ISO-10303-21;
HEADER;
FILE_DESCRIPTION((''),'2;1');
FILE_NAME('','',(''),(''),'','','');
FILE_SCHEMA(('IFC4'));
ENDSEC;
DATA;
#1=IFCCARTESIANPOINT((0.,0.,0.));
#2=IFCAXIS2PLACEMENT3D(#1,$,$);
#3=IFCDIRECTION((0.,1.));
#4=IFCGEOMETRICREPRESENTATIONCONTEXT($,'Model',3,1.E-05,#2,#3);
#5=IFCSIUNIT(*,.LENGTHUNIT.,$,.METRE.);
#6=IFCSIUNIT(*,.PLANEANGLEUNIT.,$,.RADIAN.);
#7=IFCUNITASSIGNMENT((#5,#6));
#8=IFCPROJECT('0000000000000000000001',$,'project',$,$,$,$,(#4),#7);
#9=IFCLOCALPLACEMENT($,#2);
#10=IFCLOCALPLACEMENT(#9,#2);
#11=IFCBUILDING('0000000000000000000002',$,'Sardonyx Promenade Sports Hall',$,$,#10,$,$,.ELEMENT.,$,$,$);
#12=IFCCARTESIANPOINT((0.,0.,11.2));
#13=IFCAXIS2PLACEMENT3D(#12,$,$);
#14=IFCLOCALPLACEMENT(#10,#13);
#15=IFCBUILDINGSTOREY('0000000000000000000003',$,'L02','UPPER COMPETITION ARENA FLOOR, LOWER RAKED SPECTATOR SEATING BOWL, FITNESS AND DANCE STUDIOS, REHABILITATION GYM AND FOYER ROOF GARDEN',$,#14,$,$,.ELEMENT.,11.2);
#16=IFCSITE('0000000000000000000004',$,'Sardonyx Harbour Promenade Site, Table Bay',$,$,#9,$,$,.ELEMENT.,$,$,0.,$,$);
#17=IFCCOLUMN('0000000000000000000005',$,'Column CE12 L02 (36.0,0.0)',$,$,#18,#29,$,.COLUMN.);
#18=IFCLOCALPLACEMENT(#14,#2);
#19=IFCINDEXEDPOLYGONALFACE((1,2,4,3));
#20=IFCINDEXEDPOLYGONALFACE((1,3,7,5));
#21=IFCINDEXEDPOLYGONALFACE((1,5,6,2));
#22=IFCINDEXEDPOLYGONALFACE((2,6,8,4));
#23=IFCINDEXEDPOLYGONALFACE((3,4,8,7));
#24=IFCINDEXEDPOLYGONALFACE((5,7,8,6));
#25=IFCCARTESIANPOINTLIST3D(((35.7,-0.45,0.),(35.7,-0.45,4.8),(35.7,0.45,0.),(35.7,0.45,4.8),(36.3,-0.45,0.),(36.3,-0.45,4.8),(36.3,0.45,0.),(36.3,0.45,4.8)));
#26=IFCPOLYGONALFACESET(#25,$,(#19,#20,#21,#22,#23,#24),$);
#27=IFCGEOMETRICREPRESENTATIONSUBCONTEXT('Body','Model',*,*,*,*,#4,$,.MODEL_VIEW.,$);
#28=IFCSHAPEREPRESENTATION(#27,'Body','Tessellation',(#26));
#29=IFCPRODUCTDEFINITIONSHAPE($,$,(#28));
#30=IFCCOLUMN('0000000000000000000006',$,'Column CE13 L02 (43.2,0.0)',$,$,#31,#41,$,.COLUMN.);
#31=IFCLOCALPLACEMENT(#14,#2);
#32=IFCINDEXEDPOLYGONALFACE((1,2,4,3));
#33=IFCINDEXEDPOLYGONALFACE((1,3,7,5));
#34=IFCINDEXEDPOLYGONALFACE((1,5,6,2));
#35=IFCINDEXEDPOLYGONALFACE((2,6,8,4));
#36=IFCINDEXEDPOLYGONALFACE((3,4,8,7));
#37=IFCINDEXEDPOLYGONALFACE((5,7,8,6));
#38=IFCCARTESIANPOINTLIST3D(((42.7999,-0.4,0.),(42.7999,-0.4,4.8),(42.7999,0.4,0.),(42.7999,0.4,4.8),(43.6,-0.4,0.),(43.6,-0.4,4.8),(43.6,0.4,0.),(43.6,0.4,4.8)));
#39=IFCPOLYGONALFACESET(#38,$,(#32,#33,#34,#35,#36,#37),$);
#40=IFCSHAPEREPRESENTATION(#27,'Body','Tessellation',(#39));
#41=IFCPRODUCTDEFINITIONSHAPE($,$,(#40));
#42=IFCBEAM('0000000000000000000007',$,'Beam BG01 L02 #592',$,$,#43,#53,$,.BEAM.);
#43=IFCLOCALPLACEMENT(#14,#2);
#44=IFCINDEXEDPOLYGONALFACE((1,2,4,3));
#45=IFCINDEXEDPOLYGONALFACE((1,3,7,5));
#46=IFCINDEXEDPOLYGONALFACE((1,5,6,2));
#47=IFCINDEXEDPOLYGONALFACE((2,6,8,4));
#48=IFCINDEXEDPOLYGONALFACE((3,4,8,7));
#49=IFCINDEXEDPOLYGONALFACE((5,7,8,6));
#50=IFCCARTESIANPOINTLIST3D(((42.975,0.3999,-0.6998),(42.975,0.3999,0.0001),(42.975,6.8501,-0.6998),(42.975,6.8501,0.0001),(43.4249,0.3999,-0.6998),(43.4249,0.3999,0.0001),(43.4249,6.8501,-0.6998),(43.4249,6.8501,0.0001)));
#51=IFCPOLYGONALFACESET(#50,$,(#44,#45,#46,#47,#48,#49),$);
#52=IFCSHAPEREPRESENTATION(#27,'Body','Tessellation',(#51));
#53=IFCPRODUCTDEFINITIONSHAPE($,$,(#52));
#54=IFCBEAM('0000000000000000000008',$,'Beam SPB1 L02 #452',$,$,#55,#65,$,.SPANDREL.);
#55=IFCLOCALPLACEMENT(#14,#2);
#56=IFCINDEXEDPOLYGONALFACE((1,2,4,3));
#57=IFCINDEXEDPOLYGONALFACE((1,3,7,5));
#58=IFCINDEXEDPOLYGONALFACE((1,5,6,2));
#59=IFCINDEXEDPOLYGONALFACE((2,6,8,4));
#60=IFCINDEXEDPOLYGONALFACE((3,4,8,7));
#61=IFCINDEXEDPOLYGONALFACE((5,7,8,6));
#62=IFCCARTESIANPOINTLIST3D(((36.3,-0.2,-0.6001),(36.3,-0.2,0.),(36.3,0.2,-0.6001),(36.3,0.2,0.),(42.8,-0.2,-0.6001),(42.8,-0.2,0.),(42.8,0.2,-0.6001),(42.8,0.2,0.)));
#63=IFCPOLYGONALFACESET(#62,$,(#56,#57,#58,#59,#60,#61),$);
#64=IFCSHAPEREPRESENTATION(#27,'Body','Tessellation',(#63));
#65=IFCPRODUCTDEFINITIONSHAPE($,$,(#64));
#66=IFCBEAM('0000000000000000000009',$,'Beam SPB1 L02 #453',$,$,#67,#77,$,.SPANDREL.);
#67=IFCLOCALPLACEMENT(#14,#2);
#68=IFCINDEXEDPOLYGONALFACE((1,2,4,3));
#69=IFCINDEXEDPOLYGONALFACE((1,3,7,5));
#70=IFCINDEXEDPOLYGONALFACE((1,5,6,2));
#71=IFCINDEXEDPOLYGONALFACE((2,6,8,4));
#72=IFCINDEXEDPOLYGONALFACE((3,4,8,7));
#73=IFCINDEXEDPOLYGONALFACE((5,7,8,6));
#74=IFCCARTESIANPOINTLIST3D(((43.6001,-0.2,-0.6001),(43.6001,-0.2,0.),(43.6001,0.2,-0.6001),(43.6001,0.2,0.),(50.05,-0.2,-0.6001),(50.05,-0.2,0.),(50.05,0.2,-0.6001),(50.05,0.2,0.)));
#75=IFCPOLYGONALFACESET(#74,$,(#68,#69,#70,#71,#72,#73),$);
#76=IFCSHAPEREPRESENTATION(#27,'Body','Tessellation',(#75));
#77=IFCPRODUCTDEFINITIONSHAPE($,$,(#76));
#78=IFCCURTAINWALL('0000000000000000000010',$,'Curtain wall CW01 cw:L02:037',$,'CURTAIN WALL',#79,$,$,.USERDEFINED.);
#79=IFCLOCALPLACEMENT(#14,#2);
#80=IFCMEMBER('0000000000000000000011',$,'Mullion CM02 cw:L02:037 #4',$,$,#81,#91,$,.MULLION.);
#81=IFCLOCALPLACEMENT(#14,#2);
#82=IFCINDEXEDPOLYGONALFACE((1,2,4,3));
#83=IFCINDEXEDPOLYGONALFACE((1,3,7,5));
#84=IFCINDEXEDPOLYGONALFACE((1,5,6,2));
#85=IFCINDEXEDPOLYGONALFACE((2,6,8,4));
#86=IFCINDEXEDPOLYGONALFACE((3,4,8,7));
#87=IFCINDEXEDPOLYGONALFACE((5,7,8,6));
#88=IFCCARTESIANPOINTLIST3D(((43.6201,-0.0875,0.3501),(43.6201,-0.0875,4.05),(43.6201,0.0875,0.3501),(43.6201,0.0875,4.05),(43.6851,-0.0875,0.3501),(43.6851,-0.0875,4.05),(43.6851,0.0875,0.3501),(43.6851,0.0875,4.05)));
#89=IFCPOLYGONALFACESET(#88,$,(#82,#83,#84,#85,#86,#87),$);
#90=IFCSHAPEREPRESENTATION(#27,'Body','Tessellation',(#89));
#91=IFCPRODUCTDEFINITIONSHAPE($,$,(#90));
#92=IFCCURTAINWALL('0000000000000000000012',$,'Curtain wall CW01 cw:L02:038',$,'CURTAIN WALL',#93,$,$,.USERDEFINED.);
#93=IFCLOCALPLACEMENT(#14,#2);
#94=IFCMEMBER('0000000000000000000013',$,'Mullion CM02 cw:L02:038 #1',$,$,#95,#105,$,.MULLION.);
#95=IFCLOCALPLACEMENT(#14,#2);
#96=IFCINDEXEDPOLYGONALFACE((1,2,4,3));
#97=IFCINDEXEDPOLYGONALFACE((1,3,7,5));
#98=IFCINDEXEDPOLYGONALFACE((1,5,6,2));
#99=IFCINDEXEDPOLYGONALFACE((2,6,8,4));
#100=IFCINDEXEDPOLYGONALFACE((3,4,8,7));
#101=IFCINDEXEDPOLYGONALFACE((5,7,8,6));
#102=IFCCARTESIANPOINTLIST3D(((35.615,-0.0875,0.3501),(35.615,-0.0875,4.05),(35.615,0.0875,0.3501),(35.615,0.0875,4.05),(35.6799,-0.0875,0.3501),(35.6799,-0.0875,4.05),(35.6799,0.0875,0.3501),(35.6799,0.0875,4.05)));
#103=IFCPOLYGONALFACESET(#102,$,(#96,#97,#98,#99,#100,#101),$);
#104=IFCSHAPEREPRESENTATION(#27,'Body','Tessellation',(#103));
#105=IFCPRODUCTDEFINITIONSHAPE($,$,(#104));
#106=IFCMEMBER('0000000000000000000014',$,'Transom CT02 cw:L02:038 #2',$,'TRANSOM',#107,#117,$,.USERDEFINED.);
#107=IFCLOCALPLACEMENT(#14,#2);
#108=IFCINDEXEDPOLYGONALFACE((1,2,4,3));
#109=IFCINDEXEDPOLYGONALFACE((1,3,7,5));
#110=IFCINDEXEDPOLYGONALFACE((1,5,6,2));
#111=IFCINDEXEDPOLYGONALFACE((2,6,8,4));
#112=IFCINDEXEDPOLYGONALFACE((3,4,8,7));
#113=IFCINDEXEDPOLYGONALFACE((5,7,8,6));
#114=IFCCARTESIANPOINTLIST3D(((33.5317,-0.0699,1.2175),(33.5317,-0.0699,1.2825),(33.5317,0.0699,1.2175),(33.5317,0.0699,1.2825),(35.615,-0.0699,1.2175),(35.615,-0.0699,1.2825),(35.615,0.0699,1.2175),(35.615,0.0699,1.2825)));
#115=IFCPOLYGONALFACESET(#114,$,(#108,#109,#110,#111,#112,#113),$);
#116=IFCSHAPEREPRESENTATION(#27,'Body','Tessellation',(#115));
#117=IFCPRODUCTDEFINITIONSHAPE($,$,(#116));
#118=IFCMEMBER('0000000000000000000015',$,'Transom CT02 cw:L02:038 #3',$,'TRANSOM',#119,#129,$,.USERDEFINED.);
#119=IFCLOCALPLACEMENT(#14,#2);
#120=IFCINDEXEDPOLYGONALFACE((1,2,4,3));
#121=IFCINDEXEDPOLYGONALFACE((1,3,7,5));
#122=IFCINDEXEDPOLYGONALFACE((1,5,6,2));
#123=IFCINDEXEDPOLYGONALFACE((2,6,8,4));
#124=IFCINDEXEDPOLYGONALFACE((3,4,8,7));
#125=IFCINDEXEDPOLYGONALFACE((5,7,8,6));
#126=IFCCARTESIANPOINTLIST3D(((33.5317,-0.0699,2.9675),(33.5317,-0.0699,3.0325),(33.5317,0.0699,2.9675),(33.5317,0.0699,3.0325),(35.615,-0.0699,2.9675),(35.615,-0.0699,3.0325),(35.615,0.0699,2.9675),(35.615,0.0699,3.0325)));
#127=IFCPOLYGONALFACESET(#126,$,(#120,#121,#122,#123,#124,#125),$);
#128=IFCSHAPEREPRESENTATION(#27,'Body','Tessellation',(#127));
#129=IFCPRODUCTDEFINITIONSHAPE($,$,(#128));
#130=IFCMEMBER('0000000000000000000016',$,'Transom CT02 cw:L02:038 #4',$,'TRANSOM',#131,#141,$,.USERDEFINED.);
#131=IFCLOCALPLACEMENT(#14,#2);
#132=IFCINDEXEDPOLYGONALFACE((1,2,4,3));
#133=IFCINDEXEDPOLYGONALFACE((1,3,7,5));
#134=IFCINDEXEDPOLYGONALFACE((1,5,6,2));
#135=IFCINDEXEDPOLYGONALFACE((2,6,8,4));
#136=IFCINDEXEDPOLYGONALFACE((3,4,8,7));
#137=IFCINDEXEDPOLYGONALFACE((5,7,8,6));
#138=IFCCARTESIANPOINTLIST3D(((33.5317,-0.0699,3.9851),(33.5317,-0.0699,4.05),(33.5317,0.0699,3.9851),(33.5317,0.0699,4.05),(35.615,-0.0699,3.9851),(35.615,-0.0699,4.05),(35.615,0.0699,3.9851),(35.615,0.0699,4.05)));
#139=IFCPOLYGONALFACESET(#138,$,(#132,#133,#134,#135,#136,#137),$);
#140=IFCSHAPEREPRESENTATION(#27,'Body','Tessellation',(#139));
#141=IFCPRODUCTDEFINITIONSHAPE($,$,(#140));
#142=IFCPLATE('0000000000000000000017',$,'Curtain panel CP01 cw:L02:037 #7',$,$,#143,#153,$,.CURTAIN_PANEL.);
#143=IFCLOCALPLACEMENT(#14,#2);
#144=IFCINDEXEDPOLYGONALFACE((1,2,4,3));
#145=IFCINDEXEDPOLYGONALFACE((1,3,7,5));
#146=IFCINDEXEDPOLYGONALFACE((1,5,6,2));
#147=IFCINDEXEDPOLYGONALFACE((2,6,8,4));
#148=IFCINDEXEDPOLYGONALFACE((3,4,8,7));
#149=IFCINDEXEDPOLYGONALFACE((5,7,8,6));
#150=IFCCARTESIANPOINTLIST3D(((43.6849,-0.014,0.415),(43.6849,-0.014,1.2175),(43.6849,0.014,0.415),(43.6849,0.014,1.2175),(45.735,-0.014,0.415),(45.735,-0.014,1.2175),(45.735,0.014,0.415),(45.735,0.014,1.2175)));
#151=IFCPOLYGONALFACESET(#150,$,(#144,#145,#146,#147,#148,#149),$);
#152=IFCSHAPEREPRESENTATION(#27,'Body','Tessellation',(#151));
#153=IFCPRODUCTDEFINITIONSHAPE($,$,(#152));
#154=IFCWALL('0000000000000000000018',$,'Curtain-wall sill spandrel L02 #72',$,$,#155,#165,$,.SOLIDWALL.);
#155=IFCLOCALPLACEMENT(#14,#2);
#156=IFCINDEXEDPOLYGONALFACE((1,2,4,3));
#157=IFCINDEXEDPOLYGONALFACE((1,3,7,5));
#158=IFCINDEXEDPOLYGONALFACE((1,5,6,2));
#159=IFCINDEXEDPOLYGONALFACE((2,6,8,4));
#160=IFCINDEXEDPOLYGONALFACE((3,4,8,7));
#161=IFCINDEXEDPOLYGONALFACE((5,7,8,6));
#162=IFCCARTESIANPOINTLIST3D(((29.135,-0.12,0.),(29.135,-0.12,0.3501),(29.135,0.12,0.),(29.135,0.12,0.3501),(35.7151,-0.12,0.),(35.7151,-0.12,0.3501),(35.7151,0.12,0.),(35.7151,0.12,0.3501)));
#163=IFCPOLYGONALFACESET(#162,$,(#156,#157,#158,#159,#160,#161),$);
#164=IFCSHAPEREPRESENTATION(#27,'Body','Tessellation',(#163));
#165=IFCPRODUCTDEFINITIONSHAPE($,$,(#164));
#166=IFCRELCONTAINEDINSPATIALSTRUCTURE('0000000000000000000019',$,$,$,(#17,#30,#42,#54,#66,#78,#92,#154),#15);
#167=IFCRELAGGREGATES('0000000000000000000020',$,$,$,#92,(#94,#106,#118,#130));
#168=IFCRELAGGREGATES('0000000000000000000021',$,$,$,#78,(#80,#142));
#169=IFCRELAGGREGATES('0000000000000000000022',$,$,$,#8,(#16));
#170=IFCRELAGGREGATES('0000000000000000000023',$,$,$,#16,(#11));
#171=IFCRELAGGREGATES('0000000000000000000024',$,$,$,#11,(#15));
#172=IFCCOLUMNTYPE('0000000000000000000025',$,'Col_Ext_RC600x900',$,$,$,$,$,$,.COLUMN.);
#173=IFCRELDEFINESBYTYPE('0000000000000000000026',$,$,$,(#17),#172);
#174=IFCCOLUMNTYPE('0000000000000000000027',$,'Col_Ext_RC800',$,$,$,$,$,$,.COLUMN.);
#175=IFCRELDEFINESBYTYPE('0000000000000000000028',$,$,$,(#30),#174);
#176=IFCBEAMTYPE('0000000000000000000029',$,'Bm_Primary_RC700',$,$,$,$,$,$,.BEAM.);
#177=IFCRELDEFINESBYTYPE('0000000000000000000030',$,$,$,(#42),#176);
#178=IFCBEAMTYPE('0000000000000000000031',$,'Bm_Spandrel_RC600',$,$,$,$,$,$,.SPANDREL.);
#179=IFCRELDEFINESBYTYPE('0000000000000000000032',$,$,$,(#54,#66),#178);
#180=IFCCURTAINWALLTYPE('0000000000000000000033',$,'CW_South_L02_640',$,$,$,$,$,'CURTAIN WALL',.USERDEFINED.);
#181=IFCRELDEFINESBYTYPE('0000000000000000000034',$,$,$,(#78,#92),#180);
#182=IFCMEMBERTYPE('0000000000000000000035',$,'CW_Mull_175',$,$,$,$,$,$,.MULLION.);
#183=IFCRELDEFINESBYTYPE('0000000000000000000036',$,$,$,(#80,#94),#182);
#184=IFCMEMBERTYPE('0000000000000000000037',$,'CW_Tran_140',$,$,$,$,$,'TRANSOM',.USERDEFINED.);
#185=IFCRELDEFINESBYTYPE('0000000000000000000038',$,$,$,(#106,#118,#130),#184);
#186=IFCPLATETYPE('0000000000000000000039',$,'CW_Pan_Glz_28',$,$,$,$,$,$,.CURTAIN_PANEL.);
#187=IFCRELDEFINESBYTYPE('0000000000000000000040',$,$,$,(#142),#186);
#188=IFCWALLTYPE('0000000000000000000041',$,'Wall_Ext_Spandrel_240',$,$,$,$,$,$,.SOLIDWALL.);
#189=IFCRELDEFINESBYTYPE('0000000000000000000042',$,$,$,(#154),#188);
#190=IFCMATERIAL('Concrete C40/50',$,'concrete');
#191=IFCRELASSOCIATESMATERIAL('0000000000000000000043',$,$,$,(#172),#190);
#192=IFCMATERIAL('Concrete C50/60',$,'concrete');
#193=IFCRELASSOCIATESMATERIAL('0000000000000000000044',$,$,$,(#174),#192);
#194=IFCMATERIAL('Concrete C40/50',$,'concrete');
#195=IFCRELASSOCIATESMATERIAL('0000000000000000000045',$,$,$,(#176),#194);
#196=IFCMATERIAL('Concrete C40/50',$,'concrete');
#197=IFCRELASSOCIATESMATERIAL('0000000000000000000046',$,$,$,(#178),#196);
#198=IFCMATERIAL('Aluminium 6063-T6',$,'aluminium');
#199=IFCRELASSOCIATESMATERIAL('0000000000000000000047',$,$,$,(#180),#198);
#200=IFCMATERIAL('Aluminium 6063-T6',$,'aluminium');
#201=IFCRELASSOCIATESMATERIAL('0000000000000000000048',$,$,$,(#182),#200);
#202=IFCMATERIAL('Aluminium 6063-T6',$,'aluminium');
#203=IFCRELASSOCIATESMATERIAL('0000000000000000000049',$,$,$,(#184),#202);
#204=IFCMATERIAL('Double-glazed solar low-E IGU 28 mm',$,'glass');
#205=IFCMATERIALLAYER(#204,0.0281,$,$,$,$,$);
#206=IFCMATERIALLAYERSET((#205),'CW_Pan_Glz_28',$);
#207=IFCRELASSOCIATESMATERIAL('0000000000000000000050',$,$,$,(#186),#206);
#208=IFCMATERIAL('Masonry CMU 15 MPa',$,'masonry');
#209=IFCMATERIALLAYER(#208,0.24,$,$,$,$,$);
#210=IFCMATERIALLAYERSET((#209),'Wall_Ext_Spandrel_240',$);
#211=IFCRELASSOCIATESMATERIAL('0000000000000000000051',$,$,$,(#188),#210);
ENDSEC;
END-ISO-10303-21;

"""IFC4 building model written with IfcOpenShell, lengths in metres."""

from ifc_helpers import new_model, si_unit, direction, frame, frame_2d, origin, origin_2d, place, context, subcontext, project, spatial, rectangle, extrude, material, layer, layer_set, material_profile, profile_set, type_object, element, aggregate, save


model = new_model("IFC4")

# Units and contexts
model_context = context("Model", 3, precision=1e-05, world=origin(), true_north=direction((0.0, 1.0)))
body_context = subcontext(model_context, "Body", "Model", "MODEL_VIEW")
ifc_project = project(units=[si_unit("LENGTHUNIT", "METRE"), si_unit("PLANEANGLEUNIT", "RADIAN")], contexts=[model_context])

# Site, building, storey
site_placement = place(None, origin())
site = spatial("IfcSite", under=ifc_project, at=site_placement, Name="Sardonyx Harbour Promenade Site, Table Bay", CompositionType="ELEMENT", RefElevation=0.0)
building_placement = place(site_placement, origin())
building = spatial("IfcBuilding", under=site, at=building_placement, Name="Sardonyx Promenade Sports Hall", CompositionType="ELEMENT")
storey_placement = place(building_placement, frame((0.0, 0.0, 11.2)))
storey = spatial("IfcBuildingStorey", under=building, at=storey_placement, Name="L02", Description="UPPER COMPETITION ARENA FLOOR, LOWER RAKED SPECTATOR SEATING BOWL, FITNESS AND DANCE STUDIOS, REHABILITATION GYM AND FOYER ROOF GARDEN", CompositionType="ELEMENT", Elevation=11.2)

# Columns
ifc_material_1 = material(Name="Concrete C40/50", Category="concrete")
ifc_material_profile_1 = material_profile(ifc_material_1, rectangle(XDim=0.6001, YDim=0.8999, at=origin_2d()))
ifc_profile_set_1 = profile_set([ifc_material_profile_1], Name="Concrete C40/50")
column_type_1 = type_object("IfcColumnType", Name="Col_Ext_RC600x900", PredefinedType="COLUMN", material=ifc_profile_set_1)
column_1_placement = place(storey_placement, frame((36.0, 0.0, 0.0), z_axis=(0.0, 0.0, 1.0), x_axis=(1.0, 0.0, 0.0)))
element("IfcColumn", 1, at=column_1_placement, inside=storey, type_object=column_type_1, Name="Column CE12 L02 (36.0,0.0)", PredefinedType="COLUMN", context=body_context, shape_type="SweptSolid", body=[
    extrude(rectangle(XDim=0.6001, YDim=0.8999, at=origin_2d()), origin(), (0.0, 0.0, 1.0), 4.8),
])
ifc_material_2 = material(Name="Concrete C50/60", Category="concrete")
ifc_material_profile_2 = material_profile(ifc_material_2, rectangle(XDim=0.8, YDim=0.8, at=origin_2d()))
ifc_profile_set_2 = profile_set([ifc_material_profile_2], Name="Concrete C50/60")
column_type_2 = type_object("IfcColumnType", Name="Col_Ext_RC800", PredefinedType="COLUMN", material=ifc_profile_set_2)
column_2_placement = place(storey_placement, frame((43.2, 0.0, 0.0), z_axis=(0.0, 0.0, 1.0), x_axis=(1.0, 0.0, 0.0)))
element("IfcColumn", 2, at=column_2_placement, inside=storey, type_object=column_type_2, Name="Column CE13 L02 (43.2,0.0)", PredefinedType="COLUMN", context=body_context, shape_type="SweptSolid", body=[
    extrude(rectangle(XDim=0.8, YDim=0.8, at=origin_2d()), origin(), (0.0, 0.0, 1.0), 4.8),
])

# Beams
ifc_material_3 = material(Name="Concrete C40/50", Category="concrete")
ifc_material_profile_3 = material_profile(ifc_material_3, rectangle(XDim=0.45, YDim=0.7, at=origin_2d()))
ifc_profile_set_3 = profile_set([ifc_material_profile_3], Name="Concrete C40/50")
beam_type_1 = type_object("IfcBeamType", Name="Bm_Primary_RC700", PredefinedType="BEAM", material=ifc_profile_set_3)
beam_1_placement = place(storey_placement, frame((43.2, 0.3999, -0.3499), z_axis=(0.0, 1.0, 0.0), x_axis=(-1.0, 0.0, 0.0)))
element("IfcBeam", 3, at=beam_1_placement, inside=storey, type_object=beam_type_1, Name="Beam BG01 L02 #592", PredefinedType="BEAM", context=body_context, shape_type="SweptSolid", body=[
    extrude(rectangle(XDim=0.45, YDim=0.7, at=origin_2d()), origin(), (0.0, 0.0, 1.0), 6.4502),
])
ifc_material_4 = material(Name="Concrete C40/50", Category="concrete")
ifc_material_profile_4 = material_profile(ifc_material_4, rectangle(XDim=0.3999, YDim=0.6001, at=origin_2d()))
ifc_profile_set_4 = profile_set([ifc_material_profile_4], Name="Concrete C40/50")
beam_type_2 = type_object("IfcBeamType", Name="Bm_Spandrel_RC600", PredefinedType="SPANDREL", material=ifc_profile_set_4)
beam_2_placement = place(storey_placement, frame((36.3, 0.0, -0.3), z_axis=(1.0, 0.0, 0.0), x_axis=(0.0, 1.0, 0.0)))
element("IfcBeam", 4, at=beam_2_placement, inside=storey, type_object=beam_type_2, Name="Beam SPB1 L02 #452", PredefinedType="SPANDREL", context=body_context, shape_type="SweptSolid", body=[
    extrude(rectangle(XDim=0.3999, YDim=0.6001, at=origin_2d()), origin(), (0.0, 0.0, 1.0), 6.5),
])
beam_3_placement = place(storey_placement, frame((43.6001, 0.0, -0.3), z_axis=(1.0, 0.0, 0.0), x_axis=(0.0, 1.0, 0.0)))
element("IfcBeam", 5, at=beam_3_placement, inside=storey, type_object=beam_type_2, Name="Beam SPB1 L02 #453", PredefinedType="SPANDREL", context=body_context, shape_type="SweptSolid", body=[
    extrude(rectangle(XDim=0.3999, YDim=0.6001, at=origin_2d()), origin(), (0.0, 0.0, 1.0), 6.45),
])

# Curtain wall, member
ifc_material_5 = material(Name="Aluminium 6063-T6", Category="aluminium")
curtain_wall_type = type_object("IfcCurtainWallType", Name="CW_South_L02_640", ElementType="CURTAIN WALL", PredefinedType="USERDEFINED", material=ifc_material_5)
curtain_wall_1_placement = place(storey_placement, origin())
curtain_wall_1 = element("IfcCurtainWall", 6, at=curtain_wall_1_placement, inside=storey, type_object=curtain_wall_type, Name="Curtain wall CW01 cw:L02:037", ObjectType="CURTAIN WALL", PredefinedType="USERDEFINED")
ifc_material_6 = material(Name="Aluminium 6063-T6", Category="aluminium")
ifc_material_profile_5 = material_profile(ifc_material_6, rectangle(XDim=0.0649, YDim=0.175, at=origin_2d()))
ifc_profile_set_5 = profile_set([ifc_material_profile_5], Name="Aluminium 6063-T6")
member_type_1 = type_object("IfcMemberType", Name="CW_Mull_175", PredefinedType="MULLION", material=ifc_profile_set_5)
member_1_placement = place(storey_placement, frame((43.6526, 0.0, 0.3501), z_axis=(0.0, 0.0, 1.0), x_axis=(-1.0, 0.0, 0.0)))
member_1 = element("IfcMember", 7, at=member_1_placement, type_object=member_type_1, Name="Mullion CM02 cw:L02:037 #4", PredefinedType="MULLION", context=body_context, shape_type="SweptSolid", body=[
    extrude(rectangle(XDim=0.0649, YDim=0.175, at=origin_2d()), origin(), (0.0, 0.0, 1.0), 3.7),
])

# Curtain wall, members
curtain_wall_2_placement = place(storey_placement, origin())
curtain_wall_2 = element("IfcCurtainWall", 8, at=curtain_wall_2_placement, inside=storey, type_object=curtain_wall_type, Name="Curtain wall CW01 cw:L02:038", ObjectType="CURTAIN WALL", PredefinedType="USERDEFINED")
member_2_placement = place(storey_placement, frame((35.6475, 0.0, 0.3501), z_axis=(0.0, 0.0, 1.0), x_axis=(-1.0, 0.0, 0.0)))
member_2 = element("IfcMember", 9, at=member_2_placement, type_object=member_type_1, Name="Mullion CM02 cw:L02:038 #1", PredefinedType="MULLION", context=body_context, shape_type="SweptSolid", body=[
    extrude(rectangle(XDim=0.0649, YDim=0.175, at=origin_2d()), origin(), (0.0, 0.0, 1.0), 3.7),
])
ifc_material_7 = material(Name="Aluminium 6063-T6", Category="aluminium")
ifc_material_profile_6 = material_profile(ifc_material_7, rectangle(XDim=0.0649, YDim=0.1399, at=origin_2d()))
ifc_profile_set_6 = profile_set([ifc_material_profile_6], Name="Aluminium 6063-T6")
member_type_2 = type_object("IfcMemberType", Name="CW_Tran_140", ElementType="TRANSOM", PredefinedType="USERDEFINED", material=ifc_profile_set_6)
member_3_placement = place(storey_placement, frame((35.615, 0.0, 1.25), z_axis=(-1.0, 0.0, 0.0), x_axis=(0.0, 0.0, 1.0)))
member_3 = element("IfcMember", 10, at=member_3_placement, type_object=member_type_2, Name="Transom CT02 cw:L02:038 #2", ObjectType="TRANSOM", PredefinedType="USERDEFINED", context=body_context, shape_type="SweptSolid", body=[
    extrude(rectangle(XDim=0.0649, YDim=0.1399, at=origin_2d()), origin(), (0.0, 0.0, 1.0), 2.0833),
])
member_4_placement = place(storey_placement, frame((35.615, 0.0, 3.0), z_axis=(-1.0, 0.0, 0.0), x_axis=(0.0, 0.0, 1.0)))
member_4 = element("IfcMember", 11, at=member_4_placement, type_object=member_type_2, Name="Transom CT02 cw:L02:038 #3", ObjectType="TRANSOM", PredefinedType="USERDEFINED", context=body_context, shape_type="SweptSolid", body=[
    extrude(rectangle(XDim=0.0649, YDim=0.1399, at=origin_2d()), origin(), (0.0, 0.0, 1.0), 2.0833),
])
member_5_placement = place(storey_placement, frame((35.615, 0.0, 4.0176), z_axis=(-1.0, 0.0, 0.0), x_axis=(0.0, 0.0, 1.0)))
member_5 = element("IfcMember", 12, at=member_5_placement, type_object=member_type_2, Name="Transom CT02 cw:L02:038 #4", ObjectType="TRANSOM", PredefinedType="USERDEFINED", context=body_context, shape_type="SweptSolid", body=[
    extrude(rectangle(XDim=0.0649, YDim=0.1399, at=origin_2d()), origin(), (0.0, 0.0, 1.0), 2.0833),
])
aggregate(curtain_wall_2, [member_2, member_3, member_4, member_5])

# Plate
ifc_material_8 = material(Name="Double-glazed solar low-E IGU 28 mm", Category="glass")
ifc_layer_1 = layer(ifc_material_8, 0.0281)
ifc_layer_set_1 = layer_set([ifc_layer_1], Name="CW_Pan_Glz_28")
plate_type = type_object("IfcPlateType", Name="CW_Pan_Glz_28", PredefinedType="CURTAIN_PANEL", material=ifc_layer_set_1)
plate_placement = place(storey_placement, frame((44.71, 0.0, 0.415), z_axis=(0.0, 0.0, 1.0), x_axis=(-1.0, 0.0, 0.0)))
plate = element("IfcPlate", 13, at=plate_placement, type_object=plate_type, Name="Curtain panel CP01 cw:L02:037 #7", PredefinedType="CURTAIN_PANEL", context=body_context, shape_type="SweptSolid", body=[
    extrude(rectangle(XDim=2.05, YDim=0.0281, at=origin_2d()), origin(), (0.0, 0.0, 1.0), 0.8025),
])
aggregate(curtain_wall_1, [member_1, plate])

# Wall
ifc_material_9 = material(Name="Masonry CMU 15 MPa", Category="masonry")
ifc_layer_2 = layer(ifc_material_9, 0.24)
ifc_layer_set_2 = layer_set([ifc_layer_2], Name="Wall_Ext_Spandrel_240")
wall_type_1 = type_object("IfcWallType", Name="Wall_Ext_Spandrel_240", PredefinedType="SOLIDWALL", material=ifc_layer_set_2)
wall_1_placement = place(storey_placement, frame((35.7151, 0.0, 0.0), z_axis=(0.0, 0.0, 1.0), x_axis=(-1.0, 0.0, 0.0)))
element("IfcWall", 14, at=wall_1_placement, inside=storey, type_object=wall_type_1, Name="Curtain-wall sill spandrel L02 #72", PredefinedType="SOLIDWALL", context=body_context, shape_type="SweptSolid", body=[
    extrude(rectangle(XDim=6.5801, YDim=0.24, at=frame_2d((3.29, 0.0))), origin(), (0.0, 0.0, 1.0), 0.3501),
])

save(model, "model.ifc")
